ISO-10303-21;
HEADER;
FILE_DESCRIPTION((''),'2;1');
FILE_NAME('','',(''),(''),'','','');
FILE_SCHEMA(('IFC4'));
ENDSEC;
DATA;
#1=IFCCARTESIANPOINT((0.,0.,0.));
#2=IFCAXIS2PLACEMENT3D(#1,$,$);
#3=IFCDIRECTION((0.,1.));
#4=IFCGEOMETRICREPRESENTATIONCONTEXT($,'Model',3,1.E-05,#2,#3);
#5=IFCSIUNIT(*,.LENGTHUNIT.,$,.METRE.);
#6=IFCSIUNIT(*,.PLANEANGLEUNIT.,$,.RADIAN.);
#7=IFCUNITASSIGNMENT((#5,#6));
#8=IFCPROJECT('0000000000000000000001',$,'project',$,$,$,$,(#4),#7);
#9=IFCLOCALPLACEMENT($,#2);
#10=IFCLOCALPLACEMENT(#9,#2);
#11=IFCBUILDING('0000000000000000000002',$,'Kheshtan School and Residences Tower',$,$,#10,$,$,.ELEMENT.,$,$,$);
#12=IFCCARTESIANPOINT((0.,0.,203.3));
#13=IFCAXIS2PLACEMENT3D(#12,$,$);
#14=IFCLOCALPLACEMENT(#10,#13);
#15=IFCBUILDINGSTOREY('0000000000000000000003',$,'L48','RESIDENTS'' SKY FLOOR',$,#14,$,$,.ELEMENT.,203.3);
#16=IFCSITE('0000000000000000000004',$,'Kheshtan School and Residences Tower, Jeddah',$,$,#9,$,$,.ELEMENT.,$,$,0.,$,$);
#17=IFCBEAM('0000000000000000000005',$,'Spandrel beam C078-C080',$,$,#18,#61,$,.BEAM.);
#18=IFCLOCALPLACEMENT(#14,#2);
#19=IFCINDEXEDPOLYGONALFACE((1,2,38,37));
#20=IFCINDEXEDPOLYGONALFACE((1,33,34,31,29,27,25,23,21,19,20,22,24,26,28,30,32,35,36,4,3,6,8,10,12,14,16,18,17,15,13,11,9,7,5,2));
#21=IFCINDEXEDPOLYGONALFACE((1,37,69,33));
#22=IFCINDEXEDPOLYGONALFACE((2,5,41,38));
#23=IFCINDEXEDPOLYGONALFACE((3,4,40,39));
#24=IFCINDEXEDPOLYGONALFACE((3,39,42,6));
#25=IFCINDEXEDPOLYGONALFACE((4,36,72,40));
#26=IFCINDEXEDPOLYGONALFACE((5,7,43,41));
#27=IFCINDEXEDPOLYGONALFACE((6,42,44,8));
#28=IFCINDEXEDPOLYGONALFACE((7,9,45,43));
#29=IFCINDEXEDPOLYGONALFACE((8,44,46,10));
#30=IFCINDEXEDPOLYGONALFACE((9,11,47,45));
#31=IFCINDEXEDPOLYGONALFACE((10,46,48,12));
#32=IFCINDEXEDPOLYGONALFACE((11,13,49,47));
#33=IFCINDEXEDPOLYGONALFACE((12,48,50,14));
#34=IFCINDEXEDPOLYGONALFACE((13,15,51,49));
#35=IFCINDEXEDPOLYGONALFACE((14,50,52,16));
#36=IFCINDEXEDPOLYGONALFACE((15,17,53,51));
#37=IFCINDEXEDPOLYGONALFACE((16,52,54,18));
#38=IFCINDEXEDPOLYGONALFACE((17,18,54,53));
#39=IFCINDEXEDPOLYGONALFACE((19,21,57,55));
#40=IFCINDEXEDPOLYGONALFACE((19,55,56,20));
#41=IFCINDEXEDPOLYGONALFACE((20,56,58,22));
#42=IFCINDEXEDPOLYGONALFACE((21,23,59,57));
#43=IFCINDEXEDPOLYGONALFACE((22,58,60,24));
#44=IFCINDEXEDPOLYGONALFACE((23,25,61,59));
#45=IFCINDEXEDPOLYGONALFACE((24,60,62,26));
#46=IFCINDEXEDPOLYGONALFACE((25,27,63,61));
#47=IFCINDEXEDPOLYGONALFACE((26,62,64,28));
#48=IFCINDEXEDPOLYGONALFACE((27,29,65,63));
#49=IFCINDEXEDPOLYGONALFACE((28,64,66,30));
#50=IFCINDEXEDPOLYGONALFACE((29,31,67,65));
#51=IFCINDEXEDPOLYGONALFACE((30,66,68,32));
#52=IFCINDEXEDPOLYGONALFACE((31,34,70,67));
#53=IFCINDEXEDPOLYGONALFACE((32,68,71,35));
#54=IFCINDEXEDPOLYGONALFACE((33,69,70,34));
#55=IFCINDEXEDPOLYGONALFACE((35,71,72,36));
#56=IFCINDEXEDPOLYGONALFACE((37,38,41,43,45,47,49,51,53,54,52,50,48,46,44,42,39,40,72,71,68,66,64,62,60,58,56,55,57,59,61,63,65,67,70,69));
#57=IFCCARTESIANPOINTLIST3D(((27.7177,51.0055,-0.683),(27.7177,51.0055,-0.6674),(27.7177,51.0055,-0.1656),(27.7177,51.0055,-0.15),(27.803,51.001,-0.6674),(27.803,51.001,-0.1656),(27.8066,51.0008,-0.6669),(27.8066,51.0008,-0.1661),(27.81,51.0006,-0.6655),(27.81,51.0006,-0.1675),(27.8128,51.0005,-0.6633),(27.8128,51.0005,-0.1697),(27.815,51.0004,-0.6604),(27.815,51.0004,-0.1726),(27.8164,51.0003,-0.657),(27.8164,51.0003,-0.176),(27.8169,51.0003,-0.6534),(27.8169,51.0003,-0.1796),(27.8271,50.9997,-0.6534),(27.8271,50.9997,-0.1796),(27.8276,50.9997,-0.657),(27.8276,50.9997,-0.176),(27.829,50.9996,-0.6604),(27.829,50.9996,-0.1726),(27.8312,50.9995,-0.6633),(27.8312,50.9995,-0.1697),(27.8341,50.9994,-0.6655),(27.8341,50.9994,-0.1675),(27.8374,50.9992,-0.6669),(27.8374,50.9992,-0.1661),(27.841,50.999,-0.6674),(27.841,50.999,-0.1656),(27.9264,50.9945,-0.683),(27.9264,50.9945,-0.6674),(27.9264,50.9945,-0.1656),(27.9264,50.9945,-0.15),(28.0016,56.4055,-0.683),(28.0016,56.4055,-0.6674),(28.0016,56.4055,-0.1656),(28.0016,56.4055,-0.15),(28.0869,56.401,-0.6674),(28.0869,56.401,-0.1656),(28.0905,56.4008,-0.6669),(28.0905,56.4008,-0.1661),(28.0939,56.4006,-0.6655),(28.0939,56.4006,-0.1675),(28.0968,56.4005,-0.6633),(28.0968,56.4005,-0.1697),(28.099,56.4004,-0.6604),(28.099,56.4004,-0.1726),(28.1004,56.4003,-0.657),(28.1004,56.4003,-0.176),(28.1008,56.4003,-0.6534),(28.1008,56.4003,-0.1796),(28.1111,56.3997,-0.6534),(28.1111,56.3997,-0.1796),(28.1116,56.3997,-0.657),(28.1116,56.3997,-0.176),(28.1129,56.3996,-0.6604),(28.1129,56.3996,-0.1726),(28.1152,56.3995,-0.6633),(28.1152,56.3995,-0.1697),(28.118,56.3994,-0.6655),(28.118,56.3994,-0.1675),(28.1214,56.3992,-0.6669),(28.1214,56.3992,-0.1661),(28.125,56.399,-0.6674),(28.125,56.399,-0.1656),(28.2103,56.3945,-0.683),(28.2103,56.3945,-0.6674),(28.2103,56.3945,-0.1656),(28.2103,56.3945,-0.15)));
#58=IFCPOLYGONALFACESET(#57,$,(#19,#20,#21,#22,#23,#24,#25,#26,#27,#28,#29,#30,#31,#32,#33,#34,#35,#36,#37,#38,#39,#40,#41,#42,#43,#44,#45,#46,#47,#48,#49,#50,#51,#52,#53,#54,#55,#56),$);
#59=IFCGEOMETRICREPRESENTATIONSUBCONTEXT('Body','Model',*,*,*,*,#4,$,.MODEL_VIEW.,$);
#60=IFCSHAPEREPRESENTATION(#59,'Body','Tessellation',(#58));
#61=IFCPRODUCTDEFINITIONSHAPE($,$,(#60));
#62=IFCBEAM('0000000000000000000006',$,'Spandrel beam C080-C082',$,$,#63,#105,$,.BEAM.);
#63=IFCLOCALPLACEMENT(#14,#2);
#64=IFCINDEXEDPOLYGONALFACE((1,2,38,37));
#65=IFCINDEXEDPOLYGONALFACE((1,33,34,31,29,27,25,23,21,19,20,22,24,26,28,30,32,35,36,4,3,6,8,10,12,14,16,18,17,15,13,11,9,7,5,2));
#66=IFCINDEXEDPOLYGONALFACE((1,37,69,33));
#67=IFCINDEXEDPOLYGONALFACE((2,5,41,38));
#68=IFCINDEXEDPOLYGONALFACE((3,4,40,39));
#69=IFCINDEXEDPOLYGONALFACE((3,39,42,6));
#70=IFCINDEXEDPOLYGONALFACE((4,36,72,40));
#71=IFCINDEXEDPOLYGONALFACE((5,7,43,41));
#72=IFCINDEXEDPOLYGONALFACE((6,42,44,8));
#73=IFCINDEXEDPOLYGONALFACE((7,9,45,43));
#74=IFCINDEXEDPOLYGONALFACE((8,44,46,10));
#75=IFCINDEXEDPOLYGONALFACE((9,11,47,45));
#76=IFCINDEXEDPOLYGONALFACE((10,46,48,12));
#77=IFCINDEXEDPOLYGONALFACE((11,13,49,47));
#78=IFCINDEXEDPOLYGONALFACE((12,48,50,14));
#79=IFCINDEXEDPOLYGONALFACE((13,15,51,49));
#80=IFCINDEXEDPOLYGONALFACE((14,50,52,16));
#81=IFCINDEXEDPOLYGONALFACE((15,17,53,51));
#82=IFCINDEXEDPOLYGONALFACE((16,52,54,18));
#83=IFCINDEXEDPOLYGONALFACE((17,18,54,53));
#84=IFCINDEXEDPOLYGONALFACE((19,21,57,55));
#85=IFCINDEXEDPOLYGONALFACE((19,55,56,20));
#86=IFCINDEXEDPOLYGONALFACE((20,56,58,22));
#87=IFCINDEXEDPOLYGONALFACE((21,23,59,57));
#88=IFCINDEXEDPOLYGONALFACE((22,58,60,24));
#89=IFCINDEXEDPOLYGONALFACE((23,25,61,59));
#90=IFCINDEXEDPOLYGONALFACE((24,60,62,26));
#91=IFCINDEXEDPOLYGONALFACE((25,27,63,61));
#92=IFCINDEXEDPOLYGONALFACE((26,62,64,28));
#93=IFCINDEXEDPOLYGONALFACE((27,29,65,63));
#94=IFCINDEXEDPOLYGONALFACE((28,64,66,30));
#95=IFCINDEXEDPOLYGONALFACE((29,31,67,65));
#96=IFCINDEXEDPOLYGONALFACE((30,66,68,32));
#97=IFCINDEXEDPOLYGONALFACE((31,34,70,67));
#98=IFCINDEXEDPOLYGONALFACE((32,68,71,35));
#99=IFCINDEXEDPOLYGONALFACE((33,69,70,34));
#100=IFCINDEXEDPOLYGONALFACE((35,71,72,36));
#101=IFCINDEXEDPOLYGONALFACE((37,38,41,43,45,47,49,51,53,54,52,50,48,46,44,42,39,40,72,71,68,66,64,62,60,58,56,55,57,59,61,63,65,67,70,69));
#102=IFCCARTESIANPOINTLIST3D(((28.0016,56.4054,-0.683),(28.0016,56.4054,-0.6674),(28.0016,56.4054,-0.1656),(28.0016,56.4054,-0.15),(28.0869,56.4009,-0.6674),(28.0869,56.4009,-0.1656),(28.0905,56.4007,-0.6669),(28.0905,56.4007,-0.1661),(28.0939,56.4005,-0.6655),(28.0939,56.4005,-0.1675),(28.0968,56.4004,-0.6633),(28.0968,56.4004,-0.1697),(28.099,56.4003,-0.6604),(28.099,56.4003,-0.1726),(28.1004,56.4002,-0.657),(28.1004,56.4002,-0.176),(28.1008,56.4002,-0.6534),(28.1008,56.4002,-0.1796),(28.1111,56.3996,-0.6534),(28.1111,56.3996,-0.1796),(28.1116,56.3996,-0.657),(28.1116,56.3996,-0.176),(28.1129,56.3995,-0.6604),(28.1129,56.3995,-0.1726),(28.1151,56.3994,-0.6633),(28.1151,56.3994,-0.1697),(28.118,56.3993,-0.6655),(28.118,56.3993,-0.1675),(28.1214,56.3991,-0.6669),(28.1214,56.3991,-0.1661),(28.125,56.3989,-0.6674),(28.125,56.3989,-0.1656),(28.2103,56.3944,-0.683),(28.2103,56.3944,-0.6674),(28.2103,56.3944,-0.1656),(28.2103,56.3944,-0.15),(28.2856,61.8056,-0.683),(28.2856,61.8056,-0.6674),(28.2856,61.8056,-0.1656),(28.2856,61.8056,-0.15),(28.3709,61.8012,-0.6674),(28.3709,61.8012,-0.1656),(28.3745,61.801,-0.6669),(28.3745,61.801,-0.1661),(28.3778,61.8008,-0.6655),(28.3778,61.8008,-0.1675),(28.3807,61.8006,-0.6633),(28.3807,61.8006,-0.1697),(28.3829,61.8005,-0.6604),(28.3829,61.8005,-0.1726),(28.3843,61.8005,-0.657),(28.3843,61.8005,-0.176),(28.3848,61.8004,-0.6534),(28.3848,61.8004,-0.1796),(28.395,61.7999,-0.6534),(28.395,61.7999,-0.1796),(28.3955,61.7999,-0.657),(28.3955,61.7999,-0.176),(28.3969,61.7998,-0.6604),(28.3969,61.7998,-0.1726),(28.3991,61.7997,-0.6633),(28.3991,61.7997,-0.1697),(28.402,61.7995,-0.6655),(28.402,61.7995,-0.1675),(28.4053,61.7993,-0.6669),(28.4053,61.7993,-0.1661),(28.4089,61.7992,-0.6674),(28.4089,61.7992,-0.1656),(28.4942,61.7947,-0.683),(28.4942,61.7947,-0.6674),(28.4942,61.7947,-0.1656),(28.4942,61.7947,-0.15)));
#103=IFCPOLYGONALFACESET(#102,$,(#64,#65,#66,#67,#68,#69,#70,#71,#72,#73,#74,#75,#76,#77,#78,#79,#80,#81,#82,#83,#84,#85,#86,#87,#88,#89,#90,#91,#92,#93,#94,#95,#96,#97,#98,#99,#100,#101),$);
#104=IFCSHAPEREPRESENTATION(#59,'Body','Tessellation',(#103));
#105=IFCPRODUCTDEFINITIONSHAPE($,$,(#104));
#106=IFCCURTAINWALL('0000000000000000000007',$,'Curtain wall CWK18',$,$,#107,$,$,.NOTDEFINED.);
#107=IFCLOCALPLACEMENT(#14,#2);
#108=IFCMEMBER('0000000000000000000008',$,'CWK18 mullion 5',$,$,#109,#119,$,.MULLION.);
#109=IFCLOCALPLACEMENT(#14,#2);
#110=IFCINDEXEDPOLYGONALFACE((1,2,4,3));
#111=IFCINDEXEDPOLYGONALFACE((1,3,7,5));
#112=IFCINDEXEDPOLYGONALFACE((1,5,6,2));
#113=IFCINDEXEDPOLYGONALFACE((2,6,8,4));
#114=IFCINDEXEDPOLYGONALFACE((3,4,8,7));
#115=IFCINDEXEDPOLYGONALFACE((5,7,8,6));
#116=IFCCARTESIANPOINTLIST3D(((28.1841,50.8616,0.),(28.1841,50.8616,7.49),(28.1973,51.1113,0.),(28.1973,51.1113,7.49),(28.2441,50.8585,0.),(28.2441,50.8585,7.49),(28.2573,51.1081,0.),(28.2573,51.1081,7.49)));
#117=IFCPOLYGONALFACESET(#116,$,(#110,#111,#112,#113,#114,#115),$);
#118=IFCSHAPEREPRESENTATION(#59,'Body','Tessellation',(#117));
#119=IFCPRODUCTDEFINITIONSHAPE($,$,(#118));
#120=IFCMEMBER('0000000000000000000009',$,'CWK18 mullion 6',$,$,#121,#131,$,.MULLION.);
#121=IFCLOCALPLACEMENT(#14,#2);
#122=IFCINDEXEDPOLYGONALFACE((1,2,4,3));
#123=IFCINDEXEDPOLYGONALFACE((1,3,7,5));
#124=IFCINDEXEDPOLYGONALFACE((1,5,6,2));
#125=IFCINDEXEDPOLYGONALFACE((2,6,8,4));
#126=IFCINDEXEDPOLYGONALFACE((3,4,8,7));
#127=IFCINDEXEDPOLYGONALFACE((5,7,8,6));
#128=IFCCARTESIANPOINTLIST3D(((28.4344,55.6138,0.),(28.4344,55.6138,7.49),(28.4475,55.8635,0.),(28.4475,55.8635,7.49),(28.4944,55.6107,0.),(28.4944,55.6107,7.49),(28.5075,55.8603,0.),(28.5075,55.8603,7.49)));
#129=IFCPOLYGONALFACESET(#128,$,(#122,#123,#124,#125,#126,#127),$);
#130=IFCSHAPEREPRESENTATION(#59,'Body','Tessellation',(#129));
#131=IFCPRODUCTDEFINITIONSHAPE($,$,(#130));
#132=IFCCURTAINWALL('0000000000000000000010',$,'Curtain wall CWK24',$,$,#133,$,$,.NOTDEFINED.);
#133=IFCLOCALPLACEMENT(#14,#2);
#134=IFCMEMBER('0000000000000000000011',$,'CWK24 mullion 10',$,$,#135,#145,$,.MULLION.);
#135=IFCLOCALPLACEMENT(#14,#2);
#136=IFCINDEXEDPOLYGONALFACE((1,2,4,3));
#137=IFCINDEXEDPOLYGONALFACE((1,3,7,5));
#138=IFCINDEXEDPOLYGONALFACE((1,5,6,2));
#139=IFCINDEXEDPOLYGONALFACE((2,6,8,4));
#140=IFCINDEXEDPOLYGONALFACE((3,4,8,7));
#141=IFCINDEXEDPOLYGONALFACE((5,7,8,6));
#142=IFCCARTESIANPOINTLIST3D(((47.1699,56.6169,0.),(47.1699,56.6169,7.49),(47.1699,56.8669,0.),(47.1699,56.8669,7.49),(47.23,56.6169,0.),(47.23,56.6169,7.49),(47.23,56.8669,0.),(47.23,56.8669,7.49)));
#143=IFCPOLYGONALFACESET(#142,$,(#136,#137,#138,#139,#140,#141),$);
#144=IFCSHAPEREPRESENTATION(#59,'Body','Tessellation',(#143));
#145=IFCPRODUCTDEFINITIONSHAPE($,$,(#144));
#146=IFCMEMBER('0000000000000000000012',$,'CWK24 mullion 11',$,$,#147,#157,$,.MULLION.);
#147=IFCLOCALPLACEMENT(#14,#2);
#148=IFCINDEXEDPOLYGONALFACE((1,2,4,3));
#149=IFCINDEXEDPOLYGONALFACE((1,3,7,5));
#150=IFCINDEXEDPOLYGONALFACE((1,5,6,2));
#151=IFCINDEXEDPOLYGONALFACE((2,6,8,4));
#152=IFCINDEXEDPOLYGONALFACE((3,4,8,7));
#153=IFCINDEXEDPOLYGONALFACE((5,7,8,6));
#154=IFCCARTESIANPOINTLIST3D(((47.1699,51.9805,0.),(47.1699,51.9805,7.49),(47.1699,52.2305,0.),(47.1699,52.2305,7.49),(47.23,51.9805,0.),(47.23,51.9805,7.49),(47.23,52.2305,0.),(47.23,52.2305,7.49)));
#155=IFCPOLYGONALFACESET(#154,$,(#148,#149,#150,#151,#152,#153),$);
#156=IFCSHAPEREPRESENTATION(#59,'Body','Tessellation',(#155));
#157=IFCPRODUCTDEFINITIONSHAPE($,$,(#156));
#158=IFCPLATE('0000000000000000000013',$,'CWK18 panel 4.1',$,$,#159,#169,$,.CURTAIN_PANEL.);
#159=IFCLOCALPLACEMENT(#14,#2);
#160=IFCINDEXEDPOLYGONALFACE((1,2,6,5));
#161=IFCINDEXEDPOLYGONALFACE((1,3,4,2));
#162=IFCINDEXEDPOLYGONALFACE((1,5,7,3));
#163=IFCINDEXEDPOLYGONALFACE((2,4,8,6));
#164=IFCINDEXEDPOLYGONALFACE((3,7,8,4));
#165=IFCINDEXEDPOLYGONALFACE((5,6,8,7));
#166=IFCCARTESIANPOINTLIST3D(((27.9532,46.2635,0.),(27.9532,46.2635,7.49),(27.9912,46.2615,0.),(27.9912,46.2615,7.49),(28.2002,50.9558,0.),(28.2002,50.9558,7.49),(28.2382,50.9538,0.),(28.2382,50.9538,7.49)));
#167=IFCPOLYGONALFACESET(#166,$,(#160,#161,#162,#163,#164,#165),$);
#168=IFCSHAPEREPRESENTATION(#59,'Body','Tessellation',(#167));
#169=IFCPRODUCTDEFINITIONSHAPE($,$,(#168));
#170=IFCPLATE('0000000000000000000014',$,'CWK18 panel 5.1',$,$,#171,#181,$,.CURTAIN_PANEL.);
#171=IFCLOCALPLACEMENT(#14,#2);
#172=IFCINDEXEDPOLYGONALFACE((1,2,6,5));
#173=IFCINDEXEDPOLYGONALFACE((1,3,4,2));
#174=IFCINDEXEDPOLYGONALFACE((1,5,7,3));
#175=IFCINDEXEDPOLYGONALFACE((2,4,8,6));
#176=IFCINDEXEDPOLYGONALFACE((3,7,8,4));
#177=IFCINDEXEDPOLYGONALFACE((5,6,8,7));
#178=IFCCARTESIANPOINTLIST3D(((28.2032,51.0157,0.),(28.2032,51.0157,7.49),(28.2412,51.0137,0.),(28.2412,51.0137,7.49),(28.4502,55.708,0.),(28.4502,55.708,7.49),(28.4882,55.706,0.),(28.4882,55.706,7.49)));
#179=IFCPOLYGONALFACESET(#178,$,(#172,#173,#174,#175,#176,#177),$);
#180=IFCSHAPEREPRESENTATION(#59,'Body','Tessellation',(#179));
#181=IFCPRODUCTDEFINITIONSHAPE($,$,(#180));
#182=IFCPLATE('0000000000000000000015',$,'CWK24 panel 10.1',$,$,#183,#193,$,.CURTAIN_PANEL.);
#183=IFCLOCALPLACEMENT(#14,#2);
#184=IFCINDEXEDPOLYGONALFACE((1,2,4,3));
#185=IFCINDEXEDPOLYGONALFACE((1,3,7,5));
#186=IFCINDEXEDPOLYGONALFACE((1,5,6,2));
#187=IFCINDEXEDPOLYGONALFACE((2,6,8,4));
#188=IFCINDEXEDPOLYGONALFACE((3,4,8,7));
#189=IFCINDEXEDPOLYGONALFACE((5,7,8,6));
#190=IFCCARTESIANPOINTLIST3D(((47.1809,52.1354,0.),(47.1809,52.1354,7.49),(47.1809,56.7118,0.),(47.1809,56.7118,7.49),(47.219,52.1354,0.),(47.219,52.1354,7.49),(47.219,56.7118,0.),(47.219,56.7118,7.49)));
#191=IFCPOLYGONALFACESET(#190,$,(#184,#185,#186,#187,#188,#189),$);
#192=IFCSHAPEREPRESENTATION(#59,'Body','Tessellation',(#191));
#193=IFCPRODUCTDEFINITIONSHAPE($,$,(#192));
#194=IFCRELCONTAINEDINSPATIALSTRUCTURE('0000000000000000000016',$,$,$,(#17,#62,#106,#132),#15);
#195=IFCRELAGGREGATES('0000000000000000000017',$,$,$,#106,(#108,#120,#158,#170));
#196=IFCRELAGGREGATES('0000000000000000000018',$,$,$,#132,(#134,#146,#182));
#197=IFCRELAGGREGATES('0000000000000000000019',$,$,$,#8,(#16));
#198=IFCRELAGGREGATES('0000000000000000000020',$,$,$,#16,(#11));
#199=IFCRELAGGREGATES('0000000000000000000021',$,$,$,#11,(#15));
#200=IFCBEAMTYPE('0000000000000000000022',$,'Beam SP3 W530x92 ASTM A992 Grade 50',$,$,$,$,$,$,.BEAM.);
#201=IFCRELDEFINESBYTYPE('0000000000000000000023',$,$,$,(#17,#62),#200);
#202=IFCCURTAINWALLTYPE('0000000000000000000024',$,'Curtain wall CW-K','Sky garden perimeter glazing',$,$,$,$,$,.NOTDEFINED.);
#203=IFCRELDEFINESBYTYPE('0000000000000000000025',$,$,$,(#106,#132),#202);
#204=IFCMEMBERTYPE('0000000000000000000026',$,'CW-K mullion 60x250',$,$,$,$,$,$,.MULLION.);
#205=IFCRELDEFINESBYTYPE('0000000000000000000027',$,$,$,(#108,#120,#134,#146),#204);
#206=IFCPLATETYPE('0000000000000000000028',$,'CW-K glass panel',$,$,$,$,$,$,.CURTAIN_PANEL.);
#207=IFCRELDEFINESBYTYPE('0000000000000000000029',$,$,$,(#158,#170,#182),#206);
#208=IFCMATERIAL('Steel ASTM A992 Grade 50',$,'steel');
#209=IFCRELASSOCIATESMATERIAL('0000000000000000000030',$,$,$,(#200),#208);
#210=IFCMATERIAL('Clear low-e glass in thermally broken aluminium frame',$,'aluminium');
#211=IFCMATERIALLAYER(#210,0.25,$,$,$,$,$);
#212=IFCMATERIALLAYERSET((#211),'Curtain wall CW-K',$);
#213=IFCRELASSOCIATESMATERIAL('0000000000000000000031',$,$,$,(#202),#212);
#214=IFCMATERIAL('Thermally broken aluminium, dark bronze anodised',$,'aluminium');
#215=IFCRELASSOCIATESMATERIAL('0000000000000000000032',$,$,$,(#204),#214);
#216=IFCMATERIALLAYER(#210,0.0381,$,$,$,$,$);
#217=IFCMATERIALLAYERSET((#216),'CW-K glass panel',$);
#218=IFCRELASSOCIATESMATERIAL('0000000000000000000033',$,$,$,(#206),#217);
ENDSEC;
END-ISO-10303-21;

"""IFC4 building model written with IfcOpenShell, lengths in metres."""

from ifc_helpers import new_model, si_unit, direction, frame, origin, origin_2d, place, context, subcontext, project, spatial, rectangle, i_section, extrude, material, layer, layer_set, material_profile, profile_set, type_object, element, aggregate, save


model = new_model("IFC4")

# Units and contexts
model_context = context("Model", 3, precision=1e-05, world=origin(), true_north=direction((0.0, 1.0)))
body_context = subcontext(model_context, "Body", "Model", "MODEL_VIEW")
ifc_project = project(units=[si_unit("LENGTHUNIT", "METRE"), si_unit("PLANEANGLEUNIT", "RADIAN")], contexts=[model_context])

# Site, building, storey
site_placement = place(None, origin())
site = spatial("IfcSite", under=ifc_project, at=site_placement, Name="Kheshtan School and Residences Tower, Jeddah", CompositionType="ELEMENT", RefElevation=0.0)
building_placement = place(site_placement, origin())
building = spatial("IfcBuilding", under=site, at=building_placement, Name="Kheshtan School and Residences Tower", CompositionType="ELEMENT")
storey_placement = place(building_placement, frame((0.0, 0.0, 203.3)))
storey = spatial("IfcBuildingStorey", under=building, at=storey_placement, Name="L48", Description="RESIDENTS' SKY FLOOR", CompositionType="ELEMENT", Elevation=203.3)

# Shared definitions
ifc_material_1 = material(Name="Steel ASTM A992 Grade 50", Category="steel")

# Beams
ifc_material_profile_1 = material_profile(ifc_material_1, i_section(OverallWidth=0.209, OverallDepth=0.533, WebThickness=0.0103, FlangeThickness=0.0156, FilletRadius=0.0139, at=origin_2d()), Name="W530x92")
ifc_profile_set_1 = profile_set([ifc_material_profile_1], Name="Steel ASTM A992 Grade 50")
beam_type = type_object("IfcBeamType", Name="Beam SP3 W530x92 ASTM A992 Grade 50", PredefinedType="BEAM", material=ifc_profile_set_1)
beam_1_placement = place(storey_placement, frame((27.822, 51.0, -0.4165), z_axis=(0.052509, 0.99862, 0.0), x_axis=(-0.99862, 0.052509, 0.0)))
element("IfcBeam", 1, at=beam_1_placement, inside=storey, type_object=beam_type, Name="Spandrel beam C078-C080", PredefinedType="BEAM", context=body_context, shape_type="SweptSolid", body=[
    extrude(i_section(OverallWidth=0.209, OverallDepth=0.533, WebThickness=0.0103, FlangeThickness=0.0156, FilletRadius=0.0139, at=origin_2d()), origin(), (0.0, 0.0, 1.0), 5.4075),
])
beam_2_placement = place(storey_placement, frame((28.106, 56.3999, -0.4165), z_axis=(0.052507, 0.998621, 0.0), x_axis=(-0.998621, 0.052507, 0.0)))
element("IfcBeam", 2, at=beam_2_placement, inside=storey, type_object=beam_type, Name="Spandrel beam C080-C082", PredefinedType="BEAM", context=body_context, shape_type="SweptSolid", body=[
    extrude(i_section(OverallWidth=0.209, OverallDepth=0.533, WebThickness=0.0103, FlangeThickness=0.0156, FilletRadius=0.0139, at=origin_2d()), origin(), (0.0, 0.0, 1.0), 5.4077),
])

# Curtain walls, members
ifc_material_2 = material(Name="Clear low-e glass in thermally broken aluminium frame", Category="aluminium")
ifc_layer_1 = layer(ifc_material_2, 0.25)
ifc_layer_set_1 = layer_set([ifc_layer_1], Name="Curtain wall CW-K")
curtain_wall_type = type_object("IfcCurtainWallType", Name="Curtain wall CW-K", Description="Sky garden perimeter glazing", PredefinedType="NOTDEFINED", material=ifc_layer_set_1)
curtain_wall_1_placement = place(storey_placement, origin())
curtain_wall_1 = element("IfcCurtainWall", 3, at=curtain_wall_1_placement, inside=storey, type_object=curtain_wall_type, Name="Curtain wall CWK18", PredefinedType="NOTDEFINED")
ifc_material_3 = material(Name="Thermally broken aluminium, dark bronze anodised", Category="aluminium")
ifc_material_profile_2 = material_profile(ifc_material_3, rectangle(XDim=0.0601, YDim=0.25, at=origin_2d()), Name="CW-K mullion 60x250")
ifc_profile_set_2 = profile_set([ifc_material_profile_2], Name="Thermally broken aluminium, dark bronze anodised")
member_type = type_object("IfcMemberType", Name="CW-K mullion 60x250", PredefinedType="MULLION", material=ifc_profile_set_2)
member_1_placement = place(storey_placement, frame((28.2207, 50.9849, 0.0), z_axis=(0.0, 0.0, 1.0), x_axis=(-0.998617, 0.052565, 0.0)))
member_1 = element("IfcMember", 4, at=member_1_placement, type_object=member_type, Name="CWK18 mullion 5", PredefinedType="MULLION", context=body_context, shape_type="SweptSolid", body=[
    extrude(rectangle(XDim=0.0601, YDim=0.25, at=origin_2d()), origin(), (0.0, 0.0, 1.0), 7.49),
])
member_2_placement = place(storey_placement, frame((28.4709, 55.7371, 0.0), z_axis=(0.0, 0.0, 1.0), x_axis=(-0.998617, 0.052565, 0.0)))
member_2 = element("IfcMember", 5, at=member_2_placement, type_object=member_type, Name="CWK18 mullion 6", PredefinedType="MULLION", context=body_context, shape_type="SweptSolid", body=[
    extrude(rectangle(XDim=0.0601, YDim=0.25, at=origin_2d()), origin(), (0.0, 0.0, 1.0), 7.49),
])
curtain_wall_2_placement = place(storey_placement, origin())
curtain_wall_2 = element("IfcCurtainWall", 6, at=curtain_wall_2_placement, inside=storey, type_object=curtain_wall_type, Name="Curtain wall CWK24", PredefinedType="NOTDEFINED")
member_3_placement = place(storey_placement, frame((47.2, 56.7419, 0.0), z_axis=(0.0, 0.0, 1.0), x_axis=(1.0, 0.0, 0.0)))
member_3 = element("IfcMember", 7, at=member_3_placement, type_object=member_type, Name="CWK24 mullion 10", PredefinedType="MULLION", context=body_context, shape_type="SweptSolid", body=[
    extrude(rectangle(XDim=0.0601, YDim=0.25, at=origin_2d()), origin(), (0.0, 0.0, 1.0), 7.49),
])
member_4_placement = place(storey_placement, frame((47.2, 52.1055, 0.0), z_axis=(0.0, 0.0, 1.0), x_axis=(1.0, 0.0, 0.0)))
member_4 = element("IfcMember", 8, at=member_4_placement, type_object=member_type, Name="CWK24 mullion 11", PredefinedType="MULLION", context=body_context, shape_type="SweptSolid", body=[
    extrude(rectangle(XDim=0.0601, YDim=0.25, at=origin_2d()), origin(), (0.0, 0.0, 1.0), 7.49),
])

# Plates
ifc_layer_2 = layer(ifc_material_2, 0.0381)
ifc_layer_set_2 = layer_set([ifc_layer_2], Name="CW-K glass panel")
plate_type = type_object("IfcPlateType", Name="CW-K glass panel", PredefinedType="CURTAIN_PANEL", material=ifc_layer_set_2)
plate_1_placement = place(storey_placement, frame((28.0957, 48.6086, 0.0), z_axis=(0.0, 0.0, 1.0), x_axis=(0.052565, 0.998617, 0.0)))
plate_1 = element("IfcPlate", 9, at=plate_1_placement, type_object=plate_type, Name="CWK18 panel 4.1", PredefinedType="CURTAIN_PANEL", context=body_context, shape_type="SweptSolid", body=[
    extrude(rectangle(XDim=4.6987, YDim=0.0381, at=origin_2d()), origin(), (0.0, 0.0, 1.0), 7.49),
])
plate_2_placement = place(storey_placement, frame((28.3457, 53.3608, 0.0), z_axis=(0.0, 0.0, 1.0), x_axis=(0.052565, 0.998617, 0.0)))
plate_2 = element("IfcPlate", 10, at=plate_2_placement, type_object=plate_type, Name="CWK18 panel 5.1", PredefinedType="CURTAIN_PANEL", context=body_context, shape_type="SweptSolid", body=[
    extrude(rectangle(XDim=4.6987, YDim=0.0381, at=origin_2d()), origin(), (0.0, 0.0, 1.0), 7.49),
])
aggregate(curtain_wall_1, [member_1, member_2, plate_1, plate_2])
plate_3_placement = place(storey_placement, frame((47.2, 54.4236, 0.0), z_axis=(0.0, 0.0, 1.0), x_axis=(0.0, -1.0, 0.0)))
plate_3 = element("IfcPlate", 11, at=plate_3_placement, type_object=plate_type, Name="CWK24 panel 10.1", PredefinedType="CURTAIN_PANEL", context=body_context, shape_type="SweptSolid", body=[
    extrude(rectangle(XDim=4.5764, YDim=0.0381, at=origin_2d()), origin(), (0.0, 0.0, 1.0), 7.49),
])
aggregate(curtain_wall_2, [member_3, member_4, plate_3])

save(model, "model.ifc")
